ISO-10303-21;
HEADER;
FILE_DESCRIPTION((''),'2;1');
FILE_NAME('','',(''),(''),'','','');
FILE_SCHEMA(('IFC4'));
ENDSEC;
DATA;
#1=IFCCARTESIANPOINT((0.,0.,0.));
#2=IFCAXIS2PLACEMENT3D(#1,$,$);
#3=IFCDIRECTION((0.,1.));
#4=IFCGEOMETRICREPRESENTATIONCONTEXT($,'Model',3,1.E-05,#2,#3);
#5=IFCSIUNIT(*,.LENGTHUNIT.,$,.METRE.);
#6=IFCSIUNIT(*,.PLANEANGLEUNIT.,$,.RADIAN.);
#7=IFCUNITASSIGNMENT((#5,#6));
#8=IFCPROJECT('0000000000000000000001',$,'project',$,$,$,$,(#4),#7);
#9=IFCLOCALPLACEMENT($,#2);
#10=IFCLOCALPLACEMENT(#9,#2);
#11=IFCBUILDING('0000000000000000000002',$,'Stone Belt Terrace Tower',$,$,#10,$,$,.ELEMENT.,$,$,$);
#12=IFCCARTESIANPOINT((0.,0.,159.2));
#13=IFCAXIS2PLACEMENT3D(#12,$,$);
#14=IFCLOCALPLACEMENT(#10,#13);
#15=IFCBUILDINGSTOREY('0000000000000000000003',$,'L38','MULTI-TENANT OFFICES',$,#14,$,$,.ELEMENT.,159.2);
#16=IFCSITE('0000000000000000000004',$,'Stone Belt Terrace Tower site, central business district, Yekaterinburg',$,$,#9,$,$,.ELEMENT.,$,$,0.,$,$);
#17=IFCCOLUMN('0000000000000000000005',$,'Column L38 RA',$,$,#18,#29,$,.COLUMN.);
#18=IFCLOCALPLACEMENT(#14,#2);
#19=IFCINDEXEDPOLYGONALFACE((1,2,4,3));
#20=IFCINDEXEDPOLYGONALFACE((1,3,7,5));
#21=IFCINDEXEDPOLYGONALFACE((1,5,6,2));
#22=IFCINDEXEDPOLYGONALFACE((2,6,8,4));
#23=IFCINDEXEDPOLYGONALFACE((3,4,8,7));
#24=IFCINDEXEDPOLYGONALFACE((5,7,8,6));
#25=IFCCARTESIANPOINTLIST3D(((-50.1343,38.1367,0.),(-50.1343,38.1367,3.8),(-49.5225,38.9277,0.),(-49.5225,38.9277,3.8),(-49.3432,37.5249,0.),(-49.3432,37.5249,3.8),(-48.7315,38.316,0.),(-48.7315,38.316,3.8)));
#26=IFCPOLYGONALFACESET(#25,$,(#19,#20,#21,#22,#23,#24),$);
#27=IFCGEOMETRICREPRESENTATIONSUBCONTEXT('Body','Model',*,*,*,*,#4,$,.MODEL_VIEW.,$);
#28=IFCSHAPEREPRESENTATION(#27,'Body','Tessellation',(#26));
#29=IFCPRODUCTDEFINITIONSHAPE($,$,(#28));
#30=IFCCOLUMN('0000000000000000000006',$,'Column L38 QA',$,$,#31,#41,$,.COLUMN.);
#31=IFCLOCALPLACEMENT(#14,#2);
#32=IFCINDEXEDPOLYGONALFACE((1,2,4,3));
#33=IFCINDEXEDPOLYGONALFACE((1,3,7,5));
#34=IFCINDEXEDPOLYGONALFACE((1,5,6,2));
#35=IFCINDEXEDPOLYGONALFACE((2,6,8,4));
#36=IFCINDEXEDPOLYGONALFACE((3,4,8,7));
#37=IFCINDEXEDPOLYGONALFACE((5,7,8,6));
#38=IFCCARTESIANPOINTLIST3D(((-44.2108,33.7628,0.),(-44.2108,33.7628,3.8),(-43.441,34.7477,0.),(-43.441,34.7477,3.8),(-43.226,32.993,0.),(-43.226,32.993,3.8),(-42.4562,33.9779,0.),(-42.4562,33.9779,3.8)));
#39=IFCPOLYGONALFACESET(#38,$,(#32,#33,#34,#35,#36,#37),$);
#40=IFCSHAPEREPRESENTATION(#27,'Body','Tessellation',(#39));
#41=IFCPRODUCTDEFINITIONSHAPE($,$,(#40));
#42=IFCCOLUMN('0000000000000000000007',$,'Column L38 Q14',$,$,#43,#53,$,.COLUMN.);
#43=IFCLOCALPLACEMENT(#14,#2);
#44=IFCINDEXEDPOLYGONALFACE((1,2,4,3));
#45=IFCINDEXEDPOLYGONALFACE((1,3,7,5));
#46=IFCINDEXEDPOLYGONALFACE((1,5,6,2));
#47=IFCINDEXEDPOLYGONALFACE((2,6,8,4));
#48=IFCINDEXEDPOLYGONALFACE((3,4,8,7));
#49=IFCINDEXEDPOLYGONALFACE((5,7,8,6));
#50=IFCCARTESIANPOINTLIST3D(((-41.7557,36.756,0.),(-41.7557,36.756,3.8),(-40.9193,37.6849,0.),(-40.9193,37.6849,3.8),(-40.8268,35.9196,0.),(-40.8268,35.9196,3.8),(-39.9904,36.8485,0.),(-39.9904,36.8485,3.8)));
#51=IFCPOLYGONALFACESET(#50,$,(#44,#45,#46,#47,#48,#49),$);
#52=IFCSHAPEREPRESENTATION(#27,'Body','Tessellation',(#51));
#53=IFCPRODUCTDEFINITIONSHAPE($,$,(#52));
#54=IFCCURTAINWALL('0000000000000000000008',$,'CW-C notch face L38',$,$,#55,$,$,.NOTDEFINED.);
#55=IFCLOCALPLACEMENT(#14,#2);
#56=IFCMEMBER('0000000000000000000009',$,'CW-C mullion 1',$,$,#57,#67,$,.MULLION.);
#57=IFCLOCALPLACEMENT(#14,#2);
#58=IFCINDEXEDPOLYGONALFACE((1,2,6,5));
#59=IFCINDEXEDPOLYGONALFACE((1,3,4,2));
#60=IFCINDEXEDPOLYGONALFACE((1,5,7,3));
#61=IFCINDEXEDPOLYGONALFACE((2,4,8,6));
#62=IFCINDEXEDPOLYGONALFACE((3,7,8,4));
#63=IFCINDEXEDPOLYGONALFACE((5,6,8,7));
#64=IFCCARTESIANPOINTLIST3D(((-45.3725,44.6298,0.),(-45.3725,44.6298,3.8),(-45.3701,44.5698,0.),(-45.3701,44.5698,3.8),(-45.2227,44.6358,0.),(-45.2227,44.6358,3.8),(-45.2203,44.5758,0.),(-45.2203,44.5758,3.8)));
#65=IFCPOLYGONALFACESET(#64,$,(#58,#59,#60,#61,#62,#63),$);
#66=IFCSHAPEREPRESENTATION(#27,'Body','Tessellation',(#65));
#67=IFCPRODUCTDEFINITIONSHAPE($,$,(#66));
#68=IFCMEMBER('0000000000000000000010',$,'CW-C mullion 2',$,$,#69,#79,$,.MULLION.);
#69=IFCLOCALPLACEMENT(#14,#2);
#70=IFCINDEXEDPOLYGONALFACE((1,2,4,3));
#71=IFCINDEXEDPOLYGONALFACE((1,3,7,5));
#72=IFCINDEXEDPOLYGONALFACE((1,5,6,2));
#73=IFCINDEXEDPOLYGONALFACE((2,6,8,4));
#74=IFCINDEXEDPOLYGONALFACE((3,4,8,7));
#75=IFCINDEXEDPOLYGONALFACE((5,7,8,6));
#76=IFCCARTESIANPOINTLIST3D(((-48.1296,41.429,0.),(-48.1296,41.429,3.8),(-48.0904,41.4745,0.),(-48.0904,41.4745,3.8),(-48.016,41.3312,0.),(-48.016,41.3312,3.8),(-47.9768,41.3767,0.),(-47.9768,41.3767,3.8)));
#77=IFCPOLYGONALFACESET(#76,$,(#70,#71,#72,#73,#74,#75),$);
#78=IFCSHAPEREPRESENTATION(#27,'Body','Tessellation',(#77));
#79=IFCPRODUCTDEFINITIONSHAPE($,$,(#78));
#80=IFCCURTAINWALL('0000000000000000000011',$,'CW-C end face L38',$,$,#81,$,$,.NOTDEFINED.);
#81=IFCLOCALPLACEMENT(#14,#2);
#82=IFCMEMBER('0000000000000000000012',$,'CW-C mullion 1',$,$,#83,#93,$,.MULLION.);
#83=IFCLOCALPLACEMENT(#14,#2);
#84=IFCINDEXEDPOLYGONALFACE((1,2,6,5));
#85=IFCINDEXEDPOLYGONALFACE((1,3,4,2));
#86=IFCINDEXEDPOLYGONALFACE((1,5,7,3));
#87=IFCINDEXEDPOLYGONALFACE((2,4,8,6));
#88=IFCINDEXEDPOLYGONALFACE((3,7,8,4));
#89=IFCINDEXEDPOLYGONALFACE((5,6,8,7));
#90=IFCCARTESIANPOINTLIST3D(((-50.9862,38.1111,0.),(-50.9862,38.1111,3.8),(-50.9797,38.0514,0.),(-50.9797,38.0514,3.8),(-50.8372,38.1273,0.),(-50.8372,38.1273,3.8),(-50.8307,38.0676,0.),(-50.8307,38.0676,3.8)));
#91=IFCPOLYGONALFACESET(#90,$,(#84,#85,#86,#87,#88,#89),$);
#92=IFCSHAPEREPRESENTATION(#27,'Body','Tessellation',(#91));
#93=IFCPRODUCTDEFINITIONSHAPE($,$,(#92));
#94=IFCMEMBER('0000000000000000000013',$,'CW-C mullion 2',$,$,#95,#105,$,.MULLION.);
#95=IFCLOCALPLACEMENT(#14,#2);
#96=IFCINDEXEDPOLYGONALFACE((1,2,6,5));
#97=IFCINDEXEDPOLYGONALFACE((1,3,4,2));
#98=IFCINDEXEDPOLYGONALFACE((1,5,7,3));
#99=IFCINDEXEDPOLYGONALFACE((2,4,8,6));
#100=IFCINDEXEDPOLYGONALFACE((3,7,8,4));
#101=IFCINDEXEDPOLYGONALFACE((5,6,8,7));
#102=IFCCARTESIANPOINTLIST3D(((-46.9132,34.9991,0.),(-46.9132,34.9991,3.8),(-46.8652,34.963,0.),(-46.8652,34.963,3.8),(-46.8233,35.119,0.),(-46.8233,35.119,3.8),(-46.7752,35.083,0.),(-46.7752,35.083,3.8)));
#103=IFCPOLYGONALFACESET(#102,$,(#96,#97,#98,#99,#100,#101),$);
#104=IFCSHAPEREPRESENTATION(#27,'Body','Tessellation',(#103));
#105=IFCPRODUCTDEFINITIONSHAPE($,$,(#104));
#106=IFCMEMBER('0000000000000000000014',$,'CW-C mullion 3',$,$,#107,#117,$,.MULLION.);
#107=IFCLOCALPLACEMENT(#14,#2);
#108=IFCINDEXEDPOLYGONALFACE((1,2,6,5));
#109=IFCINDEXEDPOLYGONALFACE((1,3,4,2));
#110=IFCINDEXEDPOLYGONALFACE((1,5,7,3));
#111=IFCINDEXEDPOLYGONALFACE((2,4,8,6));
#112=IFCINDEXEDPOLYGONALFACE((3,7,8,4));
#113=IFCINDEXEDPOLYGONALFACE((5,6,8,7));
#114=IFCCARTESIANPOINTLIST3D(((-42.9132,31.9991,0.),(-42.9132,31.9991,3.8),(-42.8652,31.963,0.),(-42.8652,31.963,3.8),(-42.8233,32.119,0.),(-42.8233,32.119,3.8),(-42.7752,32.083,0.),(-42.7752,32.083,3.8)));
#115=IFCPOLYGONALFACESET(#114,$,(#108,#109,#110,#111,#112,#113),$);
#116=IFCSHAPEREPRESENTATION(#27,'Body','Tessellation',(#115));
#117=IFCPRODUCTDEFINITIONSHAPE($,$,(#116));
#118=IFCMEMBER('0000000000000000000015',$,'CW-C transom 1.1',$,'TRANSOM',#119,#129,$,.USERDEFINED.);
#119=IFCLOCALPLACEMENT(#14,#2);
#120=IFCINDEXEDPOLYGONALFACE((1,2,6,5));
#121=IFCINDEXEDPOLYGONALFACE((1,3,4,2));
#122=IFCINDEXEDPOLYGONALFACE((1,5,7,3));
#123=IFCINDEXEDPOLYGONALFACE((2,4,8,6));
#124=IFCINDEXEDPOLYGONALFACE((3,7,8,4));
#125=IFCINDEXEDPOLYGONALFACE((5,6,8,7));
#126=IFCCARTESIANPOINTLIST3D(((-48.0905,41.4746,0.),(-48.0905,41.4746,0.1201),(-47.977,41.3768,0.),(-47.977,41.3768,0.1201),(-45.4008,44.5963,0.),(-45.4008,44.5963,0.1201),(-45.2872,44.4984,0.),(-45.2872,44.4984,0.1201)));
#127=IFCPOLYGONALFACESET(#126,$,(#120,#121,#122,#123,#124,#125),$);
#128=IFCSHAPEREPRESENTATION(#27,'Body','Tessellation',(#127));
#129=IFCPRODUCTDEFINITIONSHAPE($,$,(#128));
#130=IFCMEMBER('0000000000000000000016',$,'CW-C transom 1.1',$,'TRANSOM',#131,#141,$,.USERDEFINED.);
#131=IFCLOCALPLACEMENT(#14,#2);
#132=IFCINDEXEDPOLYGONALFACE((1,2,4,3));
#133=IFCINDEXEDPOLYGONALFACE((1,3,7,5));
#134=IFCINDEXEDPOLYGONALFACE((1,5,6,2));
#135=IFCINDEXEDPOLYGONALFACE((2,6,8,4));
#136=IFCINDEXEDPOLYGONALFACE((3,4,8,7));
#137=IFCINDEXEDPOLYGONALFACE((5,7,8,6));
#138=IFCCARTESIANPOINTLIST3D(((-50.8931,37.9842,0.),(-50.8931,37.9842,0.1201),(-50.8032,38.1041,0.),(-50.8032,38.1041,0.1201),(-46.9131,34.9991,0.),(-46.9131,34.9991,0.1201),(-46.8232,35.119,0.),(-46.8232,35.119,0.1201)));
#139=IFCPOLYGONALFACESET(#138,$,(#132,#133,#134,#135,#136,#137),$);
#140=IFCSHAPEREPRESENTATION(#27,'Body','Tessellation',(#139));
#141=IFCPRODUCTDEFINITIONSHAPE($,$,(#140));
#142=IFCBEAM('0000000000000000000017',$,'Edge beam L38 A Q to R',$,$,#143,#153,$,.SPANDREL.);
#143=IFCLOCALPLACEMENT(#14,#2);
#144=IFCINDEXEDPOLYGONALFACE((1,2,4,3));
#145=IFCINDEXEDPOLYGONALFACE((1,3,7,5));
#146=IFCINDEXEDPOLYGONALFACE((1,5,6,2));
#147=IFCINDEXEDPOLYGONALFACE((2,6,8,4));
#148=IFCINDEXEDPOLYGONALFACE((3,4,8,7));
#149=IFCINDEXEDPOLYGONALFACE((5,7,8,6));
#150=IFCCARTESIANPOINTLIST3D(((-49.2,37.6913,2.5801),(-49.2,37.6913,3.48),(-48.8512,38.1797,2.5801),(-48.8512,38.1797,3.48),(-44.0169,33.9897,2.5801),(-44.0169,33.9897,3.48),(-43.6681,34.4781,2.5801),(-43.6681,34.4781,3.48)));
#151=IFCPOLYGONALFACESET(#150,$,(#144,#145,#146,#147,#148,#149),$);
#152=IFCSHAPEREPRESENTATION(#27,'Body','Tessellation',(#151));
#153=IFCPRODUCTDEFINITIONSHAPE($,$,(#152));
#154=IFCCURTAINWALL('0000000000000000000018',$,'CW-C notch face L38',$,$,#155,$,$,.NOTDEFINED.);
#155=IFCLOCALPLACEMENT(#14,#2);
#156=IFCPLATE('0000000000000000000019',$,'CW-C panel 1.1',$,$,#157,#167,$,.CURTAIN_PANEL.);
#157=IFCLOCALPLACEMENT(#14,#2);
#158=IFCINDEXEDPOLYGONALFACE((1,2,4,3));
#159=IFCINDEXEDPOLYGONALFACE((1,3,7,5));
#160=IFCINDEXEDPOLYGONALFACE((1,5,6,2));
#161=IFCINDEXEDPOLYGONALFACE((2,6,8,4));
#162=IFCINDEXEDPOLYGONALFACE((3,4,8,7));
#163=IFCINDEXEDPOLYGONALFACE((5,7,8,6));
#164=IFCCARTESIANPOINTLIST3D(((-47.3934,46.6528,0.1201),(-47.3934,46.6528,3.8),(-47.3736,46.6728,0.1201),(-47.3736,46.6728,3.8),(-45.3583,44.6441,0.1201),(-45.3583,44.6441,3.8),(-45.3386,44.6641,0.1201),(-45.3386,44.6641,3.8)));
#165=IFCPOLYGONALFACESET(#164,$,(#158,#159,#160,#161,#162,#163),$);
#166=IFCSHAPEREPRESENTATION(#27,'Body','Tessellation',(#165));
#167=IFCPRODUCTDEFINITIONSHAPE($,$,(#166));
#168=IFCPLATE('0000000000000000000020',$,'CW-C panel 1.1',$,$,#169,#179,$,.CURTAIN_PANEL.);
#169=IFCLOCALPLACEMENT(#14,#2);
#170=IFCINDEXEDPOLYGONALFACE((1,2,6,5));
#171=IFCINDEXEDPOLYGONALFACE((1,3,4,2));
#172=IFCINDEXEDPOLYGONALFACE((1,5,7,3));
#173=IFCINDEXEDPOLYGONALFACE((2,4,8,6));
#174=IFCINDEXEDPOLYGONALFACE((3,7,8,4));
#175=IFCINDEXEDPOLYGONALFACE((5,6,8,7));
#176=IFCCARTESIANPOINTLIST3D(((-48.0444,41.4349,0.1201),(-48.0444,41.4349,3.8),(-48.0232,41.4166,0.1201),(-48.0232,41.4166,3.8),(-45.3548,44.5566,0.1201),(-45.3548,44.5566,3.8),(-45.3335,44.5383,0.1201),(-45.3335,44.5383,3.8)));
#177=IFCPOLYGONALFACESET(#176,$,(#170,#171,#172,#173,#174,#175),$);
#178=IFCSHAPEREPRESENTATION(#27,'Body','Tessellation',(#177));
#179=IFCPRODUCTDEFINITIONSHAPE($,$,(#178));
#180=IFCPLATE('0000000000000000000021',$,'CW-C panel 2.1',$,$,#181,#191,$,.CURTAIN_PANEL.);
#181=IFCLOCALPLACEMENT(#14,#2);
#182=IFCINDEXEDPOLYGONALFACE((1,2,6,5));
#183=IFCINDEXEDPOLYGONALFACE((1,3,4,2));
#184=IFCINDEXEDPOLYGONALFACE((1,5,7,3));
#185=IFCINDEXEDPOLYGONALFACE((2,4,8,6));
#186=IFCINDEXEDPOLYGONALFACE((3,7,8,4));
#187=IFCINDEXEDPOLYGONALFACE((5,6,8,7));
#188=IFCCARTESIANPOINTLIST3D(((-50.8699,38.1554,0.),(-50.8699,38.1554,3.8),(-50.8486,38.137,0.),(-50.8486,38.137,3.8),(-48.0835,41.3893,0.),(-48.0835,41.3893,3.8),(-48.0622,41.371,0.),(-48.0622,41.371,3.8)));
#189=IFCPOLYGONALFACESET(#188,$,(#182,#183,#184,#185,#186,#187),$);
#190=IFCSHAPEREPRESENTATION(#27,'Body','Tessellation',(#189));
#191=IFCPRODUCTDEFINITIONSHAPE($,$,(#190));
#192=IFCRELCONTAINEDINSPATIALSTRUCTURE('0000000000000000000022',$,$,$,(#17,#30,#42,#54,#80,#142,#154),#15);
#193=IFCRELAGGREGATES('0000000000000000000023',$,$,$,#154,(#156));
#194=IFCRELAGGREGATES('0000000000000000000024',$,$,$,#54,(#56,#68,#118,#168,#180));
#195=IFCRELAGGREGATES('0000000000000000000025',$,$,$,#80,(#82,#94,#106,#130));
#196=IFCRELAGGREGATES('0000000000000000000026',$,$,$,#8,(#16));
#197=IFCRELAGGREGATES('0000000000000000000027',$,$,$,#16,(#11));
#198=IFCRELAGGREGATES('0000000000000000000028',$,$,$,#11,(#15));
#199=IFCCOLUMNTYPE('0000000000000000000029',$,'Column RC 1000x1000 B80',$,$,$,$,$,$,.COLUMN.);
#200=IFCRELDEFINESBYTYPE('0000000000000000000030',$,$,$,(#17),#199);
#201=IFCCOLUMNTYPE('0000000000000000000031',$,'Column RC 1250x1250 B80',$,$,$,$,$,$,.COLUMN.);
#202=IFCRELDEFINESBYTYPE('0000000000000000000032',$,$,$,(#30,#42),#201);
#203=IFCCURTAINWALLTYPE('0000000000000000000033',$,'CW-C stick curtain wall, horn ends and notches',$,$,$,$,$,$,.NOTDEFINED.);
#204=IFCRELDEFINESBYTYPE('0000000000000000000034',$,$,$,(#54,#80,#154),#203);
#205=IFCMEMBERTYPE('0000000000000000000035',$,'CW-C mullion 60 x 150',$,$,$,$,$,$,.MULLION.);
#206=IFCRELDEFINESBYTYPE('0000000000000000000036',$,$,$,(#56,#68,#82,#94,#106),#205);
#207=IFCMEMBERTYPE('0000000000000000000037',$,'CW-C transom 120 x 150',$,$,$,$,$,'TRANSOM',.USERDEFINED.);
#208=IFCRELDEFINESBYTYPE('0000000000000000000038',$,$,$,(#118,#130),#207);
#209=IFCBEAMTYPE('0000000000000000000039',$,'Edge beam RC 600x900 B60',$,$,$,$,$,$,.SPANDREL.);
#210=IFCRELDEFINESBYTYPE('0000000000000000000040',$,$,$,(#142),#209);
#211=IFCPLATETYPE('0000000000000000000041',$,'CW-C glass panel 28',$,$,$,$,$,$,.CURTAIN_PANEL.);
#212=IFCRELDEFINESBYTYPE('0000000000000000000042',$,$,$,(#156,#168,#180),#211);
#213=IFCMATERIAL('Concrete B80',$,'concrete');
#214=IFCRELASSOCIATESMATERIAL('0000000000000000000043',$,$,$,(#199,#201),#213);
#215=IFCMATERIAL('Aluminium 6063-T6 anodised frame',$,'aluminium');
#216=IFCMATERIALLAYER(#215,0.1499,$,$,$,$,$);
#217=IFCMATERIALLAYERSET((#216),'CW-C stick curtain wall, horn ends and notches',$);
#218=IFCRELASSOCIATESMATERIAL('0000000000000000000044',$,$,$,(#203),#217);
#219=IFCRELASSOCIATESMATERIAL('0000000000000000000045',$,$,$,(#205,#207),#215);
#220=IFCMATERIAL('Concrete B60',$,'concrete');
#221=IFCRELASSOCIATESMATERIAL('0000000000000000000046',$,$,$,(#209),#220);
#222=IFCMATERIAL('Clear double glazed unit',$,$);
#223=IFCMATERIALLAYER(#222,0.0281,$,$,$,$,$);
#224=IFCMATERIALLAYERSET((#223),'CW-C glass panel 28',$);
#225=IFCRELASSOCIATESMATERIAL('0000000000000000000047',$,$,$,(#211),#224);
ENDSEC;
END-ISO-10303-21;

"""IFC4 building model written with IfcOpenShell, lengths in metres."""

from ifc_helpers import new_model, si_unit, direction, frame, origin, origin_2d, place, context, subcontext, project, spatial, rectangle, extrude, material, layer, layer_set, material_profile, profile_set, type_object, element, aggregate, save


model = new_model("IFC4")

# Units and contexts
model_context = context("Model", 3, precision=1e-05, world=origin(), true_north=direction((0.0, 1.0)))
body_context = subcontext(model_context, "Body", "Model", "MODEL_VIEW")
ifc_project = project(units=[si_unit("LENGTHUNIT", "METRE"), si_unit("PLANEANGLEUNIT", "RADIAN")], contexts=[model_context])

# Site, building, storey
site_placement = place(None, origin())
site = spatial("IfcSite", under=ifc_project, at=site_placement, Name="Stone Belt Terrace Tower site, central business district, Yekaterinburg", CompositionType="ELEMENT", RefElevation=0.0)
building_placement = place(site_placement, origin())
building = spatial("IfcBuilding", under=site, at=building_placement, Name="Stone Belt Terrace Tower", CompositionType="ELEMENT")
storey_placement = place(building_placement, frame((0.0, 0.0, 159.2)))
storey = spatial("IfcBuildingStorey", under=building, at=storey_placement, Name="L38", Description="MULTI-TENANT OFFICES", CompositionType="ELEMENT", Elevation=159.2)

# Columns
ifc_material_1 = material(Name="Concrete B80", Category="concrete")
ifc_material_profile_1 = material_profile(ifc_material_1, rectangle(XDim=1.0, YDim=1.0, at=origin_2d()), Name="RC 1000x1000")
ifc_profile_set_1 = profile_set([ifc_material_profile_1], Name="Concrete B80")
column_type_1 = type_object("IfcColumnType", Name="Column RC 1000x1000 B80", PredefinedType="COLUMN", material=ifc_profile_set_1)
column_placement = place(storey_placement, frame((-49.4329, 38.2263, 0.0), z_axis=(0.0, 0.0, 1.0), x_axis=(0.61173, 0.791067, 0.0)))
element("IfcColumn", 1, at=column_placement, inside=storey, type_object=column_type_1, Name="Column L38 RA", PredefinedType="COLUMN", context=body_context, shape_type="SweptSolid", body=[
    extrude(rectangle(XDim=1.0, YDim=1.0, at=origin_2d()), origin(), (0.0, 0.0, 1.0), 3.8),
])
ifc_material_profile_2 = material_profile(ifc_material_1, rectangle(XDim=1.25, YDim=1.25, at=origin_2d()), Name="RC 1250x1250")
ifc_profile_set_2 = profile_set([ifc_material_profile_2], Name="Concrete B80")
column_type_2 = type_object("IfcColumnType", Name="Column RC 1250x1250 B80", PredefinedType="COLUMN", material=ifc_profile_set_2)
for number, where, z_axis, x_axis, name in (
    (2, (-43.3335, 33.8704, 0.0), (0.0, 0.0, 1.0), (0.615825, 0.787883, 0.0), "Column L38 QA"),
    (3, (-40.873, 36.8022, 0.0), (0.0, 0.0, 1.0), (0.669131, 0.743145, 0.0), "Column L38 Q14"),
):
    element("IfcColumn", number, at=place(storey_placement, frame(where, z_axis=z_axis, x_axis=x_axis)), inside=storey, type_object=column_type_2, Name=name, PredefinedType="COLUMN", context=body_context, shape_type="SweptSolid", body=[
        extrude(rectangle(XDim=1.25, YDim=1.25, at=origin_2d()), origin(), (0.0, 0.0, 1.0), 3.8),
    ])

# Curtain walls, members
ifc_material_2 = material(Name="Aluminium 6063-T6 anodised frame", Category="aluminium")
ifc_layer_1 = layer(ifc_material_2, 0.1499)
ifc_layer_set_1 = layer_set([ifc_layer_1], Name="CW-C stick curtain wall, horn ends and notches")
curtain_wall_type = type_object("IfcCurtainWallType", Name="CW-C stick curtain wall, horn ends and notches", PredefinedType="NOTDEFINED", material=ifc_layer_set_1)
curtain_wall_1_placement = place(storey_placement, origin())
curtain_wall_1 = element("IfcCurtainWall", 4, at=curtain_wall_1_placement, inside=storey, type_object=curtain_wall_type, Name="CW-C notch face L38", PredefinedType="NOTDEFINED")
ifc_material_profile_3 = material_profile(ifc_material_2, rectangle(XDim=0.1499, YDim=0.0601, at=origin_2d()), Name="Aluminium 6063-T6 60x150")
ifc_profile_set_3 = profile_set([ifc_material_profile_3], Name="Aluminium 6063-T6 anodised frame")
member_type_1 = type_object("IfcMemberType", Name="CW-C mullion 60 x 150", PredefinedType="MULLION", material=ifc_profile_set_3)
member_1_placement = place(storey_placement, frame((-45.2964, 44.6028, 0.0), z_axis=(0.0, 0.0, 1.0), x_axis=(0.999185, 0.04036, 0.0)))
member_1 = element("IfcMember", 5, at=member_1_placement, type_object=member_type_1, Name="CW-C mullion 1", PredefinedType="MULLION", context=body_context, shape_type="SweptSolid", body=[
    extrude(rectangle(XDim=0.1499, YDim=0.0601, at=origin_2d()), origin(), (0.0, 0.0, 1.0), 3.8),
])
member_2_placement = place(storey_placement, frame((-48.0532, 41.4028, 0.0), z_axis=(0.0, 0.0, 1.0), x_axis=(0.757584, -0.652738, 0.0)))
member_2 = element("IfcMember", 6, at=member_2_placement, type_object=member_type_1, Name="CW-C mullion 2", PredefinedType="MULLION", context=body_context, shape_type="SweptSolid", body=[
    extrude(rectangle(XDim=0.1499, YDim=0.0601, at=origin_2d()), origin(), (0.0, 0.0, 1.0), 3.8),
])
curtain_wall_2_placement = place(storey_placement, origin())
curtain_wall_2 = element("IfcCurtainWall", 7, at=curtain_wall_2_placement, inside=storey, type_object=curtain_wall_type, Name="CW-C end face L38", PredefinedType="NOTDEFINED")
member_3_placement = place(storey_placement, frame((-50.9084, 38.0894, 0.0), z_axis=(0.0, 0.0, 1.0), x_axis=(0.994169, 0.10783, 0.0)))
member_3 = element("IfcMember", 8, at=member_3_placement, type_object=member_type_1, Name="CW-C mullion 1", PredefinedType="MULLION", context=body_context, shape_type="SweptSolid", body=[
    extrude(rectangle(XDim=0.1499, YDim=0.0601, at=origin_2d()), origin(), (0.0, 0.0, 1.0), 3.8),
])
member_4_placement = place(storey_placement, frame((-46.8442, 35.041, 0.0), z_axis=(0.0, 0.0, 1.0), x_axis=(0.600018, 0.799987, 0.0)))
member_4 = element("IfcMember", 9, at=member_4_placement, type_object=member_type_1, Name="CW-C mullion 2", PredefinedType="MULLION", context=body_context, shape_type="SweptSolid", body=[
    extrude(rectangle(XDim=0.1499, YDim=0.0601, at=origin_2d()), origin(), (0.0, 0.0, 1.0), 3.8),
])
member_5_placement = place(storey_placement, frame((-42.8442, 32.041, 0.0), z_axis=(0.0, 0.0, 1.0), x_axis=(0.600018, 0.799987, 0.0)))
member_5 = element("IfcMember", 10, at=member_5_placement, type_object=member_type_1, Name="CW-C mullion 3", PredefinedType="MULLION", context=body_context, shape_type="SweptSolid", body=[
    extrude(rectangle(XDim=0.1499, YDim=0.0601, at=origin_2d()), origin(), (0.0, 0.0, 1.0), 3.8),
])

# Members
ifc_material_profile_4 = material_profile(ifc_material_2, rectangle(XDim=0.1499, YDim=0.1201, at=origin_2d()), Name="Aluminium 6063-T6 150x120")
ifc_profile_set_4 = profile_set([ifc_material_profile_4], Name="Aluminium 6063-T6 anodised frame")
member_type_2 = type_object("IfcMemberType", Name="CW-C transom 120 x 150", ElementType="TRANSOM", PredefinedType="USERDEFINED", material=ifc_profile_set_4)
member_6_placement = place(storey_placement, frame((-45.344, 44.5474, 0.0601), z_axis=(-0.652756, -0.757569, 0.0), x_axis=(0.757569, -0.652756, 0.0)))
member_6 = element("IfcMember", 11, at=member_6_placement, type_object=member_type_2, Name="CW-C transom 1.1", ObjectType="TRANSOM", PredefinedType="USERDEFINED", context=body_context, shape_type="SweptSolid", body=[
    extrude(rectangle(XDim=0.1499, YDim=0.1201, at=origin_2d()), origin(), (0.0, 0.0, 1.0), 4.1206),
])
member_7_placement = place(storey_placement, frame((-50.8481, 38.0442, 0.0601), z_axis=(0.799988, -0.600016, 0.0), x_axis=(0.600016, 0.799988, 0.0)))
member_7 = element("IfcMember", 12, at=member_7_placement, type_object=member_type_2, Name="CW-C transom 1.1", ObjectType="TRANSOM", PredefinedType="USERDEFINED", context=body_context, shape_type="SweptSolid", body=[
    extrude(rectangle(XDim=0.1499, YDim=0.1201, at=origin_2d()), origin(), (0.0, 0.0, 1.0), 4.9751),
])

# Beam
ifc_material_3 = material(Name="Concrete B60", Category="concrete")
ifc_material_profile_5 = material_profile(ifc_material_3, rectangle(XDim=0.6001, YDim=0.8999, at=origin_2d()), Name="RC 600x900")
ifc_profile_set_5 = profile_set([ifc_material_profile_5], Name="Concrete B60")
beam_type = type_object("IfcBeamType", Name="Edge beam RC 600x900 B60", PredefinedType="SPANDREL", material=ifc_profile_set_5)
beam_placement = place(storey_placement, frame((-43.8425, 34.2339, 3.03), z_axis=(-0.813775, 0.58118, 0.0), x_axis=(-0.58118, -0.813775, 0.0)))
element("IfcBeam", 13, at=beam_placement, inside=storey, type_object=beam_type, Name="Edge beam L38 A Q to R", PredefinedType="SPANDREL", context=body_context, shape_type="SweptSolid", body=[
    extrude(rectangle(XDim=0.6001, YDim=0.8999, at=origin_2d()), origin(), (0.0, 0.0, 1.0), 6.3691),
])

# Curtain wall, plate
curtain_wall_3_placement = place(storey_placement, origin())
curtain_wall_3 = element("IfcCurtainWall", 14, at=curtain_wall_3_placement, inside=storey, type_object=curtain_wall_type, Name="CW-C notch face L38", PredefinedType="NOTDEFINED")
ifc_material_4 = material(Name="Clear double glazed unit")
ifc_layer_2 = layer(ifc_material_4, 0.0281)
ifc_layer_set_2 = layer_set([ifc_layer_2], Name="CW-C glass panel 28")
plate_type = type_object("IfcPlateType", Name="CW-C glass panel 28", PredefinedType="CURTAIN_PANEL", material=ifc_layer_set_2)
plate_1_placement = place(storey_placement, frame((-46.366, 45.6584, 0.1201), z_axis=(0.0, 0.0, 1.0), x_axis=(0.711713, -0.70247, 0.0)))
plate_1 = element("IfcPlate", 15, at=plate_1_placement, type_object=plate_type, Name="CW-C panel 1.1", PredefinedType="CURTAIN_PANEL", context=body_context, shape_type="SweptSolid", body=[
    extrude(rectangle(XDim=2.8594, YDim=0.0281, at=origin_2d()), origin(), (0.0, 0.0, 1.0), 3.6799),
])
aggregate(curtain_wall_3, [plate_1])

# Plates
plate_2_placement = place(storey_placement, frame((-46.689, 42.9866, 0.1201), z_axis=(0.0, 0.0, 1.0), x_axis=(-0.652738, -0.757584, 0.0)))
plate_2 = element("IfcPlate", 16, at=plate_2_placement, type_object=plate_type, Name="CW-C panel 1.1", PredefinedType="CURTAIN_PANEL", context=body_context, shape_type="SweptSolid", body=[
    extrude(rectangle(XDim=4.1206, YDim=0.0281, at=origin_2d()), origin(), (0.0, 0.0, 1.0), 3.6799),
])
plate_3_placement = place(storey_placement, frame((-49.4661, 39.7632, 0.0), z_axis=(0.0, 0.0, 1.0), x_axis=(-0.652738, -0.757584, 0.0)))
plate_3 = element("IfcPlate", 17, at=plate_3_placement, type_object=plate_type, Name="CW-C panel 2.1", PredefinedType="CURTAIN_PANEL", context=body_context, shape_type="SweptSolid", body=[
    extrude(rectangle(XDim=4.2688, YDim=0.0281, at=origin_2d()), origin(), (0.0, 0.0, 1.0), 3.8),
])
aggregate(curtain_wall_1, [member_1, member_2, member_6, plate_2, plate_3])
aggregate(curtain_wall_2, [member_3, member_4, member_5, member_7])

save(model, "model.ifc")
